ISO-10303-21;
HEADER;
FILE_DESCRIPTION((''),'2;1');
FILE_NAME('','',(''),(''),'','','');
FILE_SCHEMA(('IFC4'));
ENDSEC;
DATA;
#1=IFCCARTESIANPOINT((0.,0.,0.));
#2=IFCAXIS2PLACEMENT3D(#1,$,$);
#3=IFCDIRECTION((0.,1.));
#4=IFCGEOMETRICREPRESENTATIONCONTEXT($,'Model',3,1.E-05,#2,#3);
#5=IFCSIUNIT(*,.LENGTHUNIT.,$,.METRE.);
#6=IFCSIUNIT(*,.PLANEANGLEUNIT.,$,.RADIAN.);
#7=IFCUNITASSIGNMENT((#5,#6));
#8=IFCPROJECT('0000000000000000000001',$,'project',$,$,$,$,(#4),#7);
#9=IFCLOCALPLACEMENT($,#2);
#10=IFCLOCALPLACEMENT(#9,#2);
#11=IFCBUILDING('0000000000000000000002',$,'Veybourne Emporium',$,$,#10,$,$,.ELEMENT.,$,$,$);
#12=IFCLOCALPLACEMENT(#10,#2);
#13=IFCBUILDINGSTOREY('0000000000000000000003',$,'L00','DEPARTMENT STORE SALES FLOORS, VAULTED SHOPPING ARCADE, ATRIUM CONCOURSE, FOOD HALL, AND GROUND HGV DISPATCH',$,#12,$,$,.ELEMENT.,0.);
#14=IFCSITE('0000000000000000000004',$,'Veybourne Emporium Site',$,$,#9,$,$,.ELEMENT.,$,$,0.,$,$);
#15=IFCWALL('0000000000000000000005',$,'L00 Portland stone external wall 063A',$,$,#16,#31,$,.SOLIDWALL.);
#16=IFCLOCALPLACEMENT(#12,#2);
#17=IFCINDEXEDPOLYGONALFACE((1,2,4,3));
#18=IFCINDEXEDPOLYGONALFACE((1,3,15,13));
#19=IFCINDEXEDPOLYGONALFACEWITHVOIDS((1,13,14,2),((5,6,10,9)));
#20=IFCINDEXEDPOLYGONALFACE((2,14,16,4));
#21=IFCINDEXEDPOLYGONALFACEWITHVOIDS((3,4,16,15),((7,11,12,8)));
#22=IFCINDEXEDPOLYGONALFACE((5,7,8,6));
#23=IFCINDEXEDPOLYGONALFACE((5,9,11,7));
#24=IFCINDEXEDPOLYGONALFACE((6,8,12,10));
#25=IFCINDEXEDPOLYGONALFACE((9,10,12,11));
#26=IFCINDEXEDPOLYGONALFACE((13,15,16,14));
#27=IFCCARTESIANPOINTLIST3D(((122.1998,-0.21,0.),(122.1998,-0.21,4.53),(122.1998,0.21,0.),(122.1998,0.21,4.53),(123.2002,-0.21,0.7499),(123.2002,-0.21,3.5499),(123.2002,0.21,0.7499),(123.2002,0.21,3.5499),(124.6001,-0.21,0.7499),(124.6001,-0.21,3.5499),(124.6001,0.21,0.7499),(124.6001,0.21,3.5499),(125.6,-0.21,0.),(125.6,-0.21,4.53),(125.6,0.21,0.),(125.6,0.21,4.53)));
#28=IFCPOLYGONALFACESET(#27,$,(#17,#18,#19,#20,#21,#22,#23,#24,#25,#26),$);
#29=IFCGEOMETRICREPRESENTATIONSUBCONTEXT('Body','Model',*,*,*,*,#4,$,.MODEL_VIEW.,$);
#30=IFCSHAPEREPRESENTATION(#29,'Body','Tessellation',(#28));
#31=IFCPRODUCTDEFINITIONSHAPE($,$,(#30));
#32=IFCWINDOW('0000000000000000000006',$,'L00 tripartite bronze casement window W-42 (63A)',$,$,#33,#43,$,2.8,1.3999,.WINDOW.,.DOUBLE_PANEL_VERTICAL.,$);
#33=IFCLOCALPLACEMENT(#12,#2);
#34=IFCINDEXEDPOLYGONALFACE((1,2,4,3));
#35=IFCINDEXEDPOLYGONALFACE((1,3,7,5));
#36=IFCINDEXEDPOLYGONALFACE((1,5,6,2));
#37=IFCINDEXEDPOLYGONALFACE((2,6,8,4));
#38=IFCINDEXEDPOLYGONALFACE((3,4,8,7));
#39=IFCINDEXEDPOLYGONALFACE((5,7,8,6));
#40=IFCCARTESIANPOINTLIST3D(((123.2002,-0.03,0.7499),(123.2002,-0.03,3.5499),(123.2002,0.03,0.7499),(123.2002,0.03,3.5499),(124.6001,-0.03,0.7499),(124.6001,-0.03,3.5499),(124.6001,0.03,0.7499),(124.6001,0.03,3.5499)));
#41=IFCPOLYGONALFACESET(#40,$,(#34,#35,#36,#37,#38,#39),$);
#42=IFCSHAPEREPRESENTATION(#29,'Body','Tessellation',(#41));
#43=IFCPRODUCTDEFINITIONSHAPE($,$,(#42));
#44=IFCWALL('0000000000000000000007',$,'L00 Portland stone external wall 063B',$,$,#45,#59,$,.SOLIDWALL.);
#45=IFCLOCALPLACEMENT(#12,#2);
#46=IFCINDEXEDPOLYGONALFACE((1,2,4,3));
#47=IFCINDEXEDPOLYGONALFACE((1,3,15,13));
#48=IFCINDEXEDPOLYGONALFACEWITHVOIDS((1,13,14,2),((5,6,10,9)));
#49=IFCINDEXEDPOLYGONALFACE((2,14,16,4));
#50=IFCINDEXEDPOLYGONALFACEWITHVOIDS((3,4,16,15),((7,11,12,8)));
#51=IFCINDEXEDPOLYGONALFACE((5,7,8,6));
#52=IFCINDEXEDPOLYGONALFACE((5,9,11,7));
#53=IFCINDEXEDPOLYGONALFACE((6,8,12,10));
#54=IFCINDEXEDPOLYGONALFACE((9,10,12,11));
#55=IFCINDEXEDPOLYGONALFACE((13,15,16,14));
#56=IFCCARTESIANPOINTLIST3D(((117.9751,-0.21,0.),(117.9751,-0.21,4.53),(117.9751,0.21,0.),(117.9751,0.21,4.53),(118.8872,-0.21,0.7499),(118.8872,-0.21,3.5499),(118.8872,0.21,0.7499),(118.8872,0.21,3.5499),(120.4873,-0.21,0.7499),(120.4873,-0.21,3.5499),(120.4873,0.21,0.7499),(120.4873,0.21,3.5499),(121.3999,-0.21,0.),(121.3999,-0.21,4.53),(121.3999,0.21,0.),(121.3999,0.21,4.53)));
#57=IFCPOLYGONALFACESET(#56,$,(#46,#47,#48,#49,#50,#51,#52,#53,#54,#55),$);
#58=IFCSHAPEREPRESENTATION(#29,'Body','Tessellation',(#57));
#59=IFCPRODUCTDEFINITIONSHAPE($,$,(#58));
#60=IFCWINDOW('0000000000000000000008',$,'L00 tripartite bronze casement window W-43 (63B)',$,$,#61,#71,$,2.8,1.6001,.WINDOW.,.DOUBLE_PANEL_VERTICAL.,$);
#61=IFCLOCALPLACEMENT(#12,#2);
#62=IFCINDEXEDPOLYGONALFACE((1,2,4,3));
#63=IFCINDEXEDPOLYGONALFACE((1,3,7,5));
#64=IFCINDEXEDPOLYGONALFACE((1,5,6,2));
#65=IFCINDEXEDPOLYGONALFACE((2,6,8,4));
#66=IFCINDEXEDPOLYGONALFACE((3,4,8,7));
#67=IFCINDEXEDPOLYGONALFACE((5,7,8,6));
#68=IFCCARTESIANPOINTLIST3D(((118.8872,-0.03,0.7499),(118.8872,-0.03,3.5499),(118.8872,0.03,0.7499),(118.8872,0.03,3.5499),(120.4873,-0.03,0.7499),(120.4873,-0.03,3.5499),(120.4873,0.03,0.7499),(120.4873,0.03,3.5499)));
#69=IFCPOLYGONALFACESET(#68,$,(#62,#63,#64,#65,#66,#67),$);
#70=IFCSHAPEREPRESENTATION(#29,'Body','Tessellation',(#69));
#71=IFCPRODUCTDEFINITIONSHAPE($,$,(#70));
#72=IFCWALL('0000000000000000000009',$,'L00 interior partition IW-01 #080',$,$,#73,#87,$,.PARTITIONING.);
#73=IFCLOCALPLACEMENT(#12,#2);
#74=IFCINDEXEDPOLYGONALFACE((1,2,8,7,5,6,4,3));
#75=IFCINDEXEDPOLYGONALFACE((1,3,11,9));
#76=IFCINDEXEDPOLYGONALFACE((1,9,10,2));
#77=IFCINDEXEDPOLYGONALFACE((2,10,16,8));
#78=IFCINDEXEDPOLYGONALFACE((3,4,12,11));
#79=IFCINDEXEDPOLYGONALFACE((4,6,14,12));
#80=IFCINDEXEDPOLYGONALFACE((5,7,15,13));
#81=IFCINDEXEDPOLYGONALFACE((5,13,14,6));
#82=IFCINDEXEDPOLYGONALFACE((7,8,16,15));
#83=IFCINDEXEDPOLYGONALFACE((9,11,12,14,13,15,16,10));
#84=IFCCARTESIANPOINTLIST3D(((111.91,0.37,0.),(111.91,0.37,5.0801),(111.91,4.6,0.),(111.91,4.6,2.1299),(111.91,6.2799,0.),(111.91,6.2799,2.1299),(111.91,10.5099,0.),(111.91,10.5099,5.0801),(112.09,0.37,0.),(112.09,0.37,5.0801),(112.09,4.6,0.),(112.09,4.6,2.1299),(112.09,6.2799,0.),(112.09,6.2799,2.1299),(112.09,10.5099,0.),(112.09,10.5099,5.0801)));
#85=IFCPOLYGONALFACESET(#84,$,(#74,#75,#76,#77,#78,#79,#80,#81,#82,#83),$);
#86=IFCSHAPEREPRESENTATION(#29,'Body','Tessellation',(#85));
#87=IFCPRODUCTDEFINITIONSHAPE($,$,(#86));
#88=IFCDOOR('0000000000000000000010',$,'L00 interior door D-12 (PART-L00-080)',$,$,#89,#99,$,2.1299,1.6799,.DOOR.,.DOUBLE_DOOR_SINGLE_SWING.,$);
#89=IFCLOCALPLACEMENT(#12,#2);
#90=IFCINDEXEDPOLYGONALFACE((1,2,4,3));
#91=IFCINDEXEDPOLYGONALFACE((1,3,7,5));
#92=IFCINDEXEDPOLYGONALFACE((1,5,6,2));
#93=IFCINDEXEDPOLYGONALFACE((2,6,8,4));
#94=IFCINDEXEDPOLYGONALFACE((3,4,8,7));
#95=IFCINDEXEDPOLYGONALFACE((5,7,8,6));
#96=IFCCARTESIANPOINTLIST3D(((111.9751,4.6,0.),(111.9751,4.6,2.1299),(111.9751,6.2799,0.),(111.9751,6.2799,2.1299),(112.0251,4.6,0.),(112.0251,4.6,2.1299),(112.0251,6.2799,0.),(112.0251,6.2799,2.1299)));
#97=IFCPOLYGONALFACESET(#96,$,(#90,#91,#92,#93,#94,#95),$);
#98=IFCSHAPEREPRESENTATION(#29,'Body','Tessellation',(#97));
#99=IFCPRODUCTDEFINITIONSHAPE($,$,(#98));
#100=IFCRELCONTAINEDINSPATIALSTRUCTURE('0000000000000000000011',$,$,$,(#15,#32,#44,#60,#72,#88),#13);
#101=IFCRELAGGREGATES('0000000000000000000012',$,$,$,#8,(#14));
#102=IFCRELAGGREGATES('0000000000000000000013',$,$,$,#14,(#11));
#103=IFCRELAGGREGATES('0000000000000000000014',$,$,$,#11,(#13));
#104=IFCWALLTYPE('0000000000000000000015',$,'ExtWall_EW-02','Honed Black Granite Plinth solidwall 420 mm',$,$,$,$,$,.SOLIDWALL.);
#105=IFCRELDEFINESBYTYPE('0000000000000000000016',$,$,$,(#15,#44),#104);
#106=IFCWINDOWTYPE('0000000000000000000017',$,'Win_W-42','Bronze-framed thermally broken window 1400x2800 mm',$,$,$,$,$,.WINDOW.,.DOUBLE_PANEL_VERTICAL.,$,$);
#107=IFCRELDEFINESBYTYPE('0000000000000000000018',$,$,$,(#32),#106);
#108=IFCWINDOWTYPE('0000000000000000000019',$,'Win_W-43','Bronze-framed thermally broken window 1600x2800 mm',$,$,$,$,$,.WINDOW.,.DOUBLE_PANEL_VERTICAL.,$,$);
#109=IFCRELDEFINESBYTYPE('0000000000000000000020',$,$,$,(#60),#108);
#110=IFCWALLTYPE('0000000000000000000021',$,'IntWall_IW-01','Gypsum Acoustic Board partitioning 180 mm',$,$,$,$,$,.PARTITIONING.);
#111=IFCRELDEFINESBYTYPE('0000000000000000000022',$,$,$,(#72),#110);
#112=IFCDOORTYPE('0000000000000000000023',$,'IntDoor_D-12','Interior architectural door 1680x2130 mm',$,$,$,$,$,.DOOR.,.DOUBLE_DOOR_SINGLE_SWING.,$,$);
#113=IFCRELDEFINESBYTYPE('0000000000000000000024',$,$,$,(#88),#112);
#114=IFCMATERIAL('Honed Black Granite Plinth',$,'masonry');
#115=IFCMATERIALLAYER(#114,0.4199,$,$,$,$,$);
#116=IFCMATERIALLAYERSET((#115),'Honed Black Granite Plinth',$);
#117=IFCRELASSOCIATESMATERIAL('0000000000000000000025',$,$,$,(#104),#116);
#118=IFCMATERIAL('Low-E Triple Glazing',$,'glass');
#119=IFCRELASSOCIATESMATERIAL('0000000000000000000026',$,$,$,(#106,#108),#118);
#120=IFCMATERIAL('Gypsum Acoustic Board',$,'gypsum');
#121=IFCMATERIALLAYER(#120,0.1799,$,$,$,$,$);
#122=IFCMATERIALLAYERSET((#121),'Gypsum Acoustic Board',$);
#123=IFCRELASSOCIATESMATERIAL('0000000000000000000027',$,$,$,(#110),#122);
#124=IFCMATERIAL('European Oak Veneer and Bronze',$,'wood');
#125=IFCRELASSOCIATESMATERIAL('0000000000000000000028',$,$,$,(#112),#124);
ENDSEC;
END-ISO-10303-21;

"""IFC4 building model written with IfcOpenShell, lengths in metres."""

from ifc_helpers import new_model, si_unit, direction, frame, frame_2d, origin, place, context, subcontext, project, spatial, rectangle, extrude, material, layer, layer_set, type_object, element, fill, save


model = new_model("IFC4")

# Units and contexts
model_context = context("Model", 3, precision=1e-05, world=origin(), true_north=direction((0.0, 1.0)))
body_context = subcontext(model_context, "Body", "Model", "MODEL_VIEW")
ifc_project = project(units=[si_unit("LENGTHUNIT", "METRE"), si_unit("PLANEANGLEUNIT", "RADIAN")], contexts=[model_context])

# Site, building, storey
site_placement = place(None, origin())
site = spatial("IfcSite", under=ifc_project, at=site_placement, Name="Veybourne Emporium Site", CompositionType="ELEMENT", RefElevation=0.0)
building_placement = place(site_placement, origin())
building = spatial("IfcBuilding", under=site, at=building_placement, Name="Veybourne Emporium", CompositionType="ELEMENT")
storey_placement = place(building_placement, origin())
storey = spatial("IfcBuildingStorey", under=building, at=storey_placement, Name="L00", Description="DEPARTMENT STORE SALES FLOORS, VAULTED SHOPPING ARCADE, ATRIUM CONCOURSE, FOOD HALL, AND GROUND HGV DISPATCH", CompositionType="ELEMENT", Elevation=0.0)

# Walls, openings, windows
ifc_material_1 = material(Name="Honed Black Granite Plinth", Category="masonry")
ifc_layer_1 = layer(ifc_material_1, 0.4199)
ifc_layer_set_1 = layer_set([ifc_layer_1], Name="Honed Black Granite Plinth")
wall_type_1 = type_object("IfcWallType", Name="ExtWall_EW-02", Description="Honed Black Granite Plinth solidwall 420 mm", PredefinedType="SOLIDWALL", material=ifc_layer_set_1)
wall_1_placement = place(storey_placement, frame((125.6001, 0.0, 0.0), z_axis=(0.0, 0.0, 1.0), x_axis=(-1.0, 0.0, 0.0)))
wall_1 = element("IfcWall", 1, at=wall_1_placement, inside=storey, type_object=wall_type_1, Name="L00 Portland stone external wall 063A", PredefinedType="SOLIDWALL", context=body_context, shape_type="SweptSolid", body=[
    extrude(rectangle(XDim=3.4001, YDim=0.4199, at=frame_2d((1.7002, 0.0))), origin(), (0.0, 0.0, 1.0), 4.53),
])
opening_1_placement = place(wall_1_placement, frame((1.0, 0.0, 0.75)))
opening_1 = element("IfcOpeningElement", 2, at=opening_1_placement, cuts=wall_1, PredefinedType="OPENING", context=body_context, shape_type="SweptSolid", body=[
    extrude(rectangle(XDim=1.3999, YDim=2.8, at=frame_2d((0.7, 1.3999))), frame((0.0, 0.23, 0.0), z_axis=(0.0, -1.0, 0.0), x_axis=(1.0, 0.0, 0.0)), (0.0, 0.0, 1.0), 0.46),
])
ifc_material_2 = material(Name="Low-E Triple Glazing", Category="glass")
window_type_1 = type_object("IfcWindowType", Name="Win_W-42", Description="Bronze-framed thermally broken window 1400x2800 mm", PartitioningType="DOUBLE_PANEL_VERTICAL", PredefinedType="WINDOW", material=ifc_material_2)
window_1_placement = place(opening_1_placement, origin())
window_1 = element("IfcWindow", 3, at=window_1_placement, inside=storey, type_object=window_type_1, Name="L00 tripartite bronze casement window W-42 (63A)", OverallHeight=2.8, OverallWidth=1.3999, PartitioningType="DOUBLE_PANEL_VERTICAL", PredefinedType="WINDOW", context=body_context, shape_type="SweptSolid", body=[
    extrude(rectangle(XDim=1.3999, YDim=2.8, at=frame_2d((0.7, 1.3999))), frame((0.0, 0.03, 0.0), z_axis=(0.0, -1.0, 0.0), x_axis=(1.0, 0.0, 0.0)), (0.0, 0.0, 1.0), 0.0601),
])
fill(opening_1, window_1)
wall_2_placement = place(storey_placement, frame((121.3999, 0.0, 0.0), z_axis=(0.0, 0.0, 1.0), x_axis=(-1.0, 0.0, 0.0)))
wall_2 = element("IfcWall", 4, at=wall_2_placement, inside=storey, type_object=wall_type_1, Name="L00 Portland stone external wall 063B", PredefinedType="SOLIDWALL", context=body_context, shape_type="SweptSolid", body=[
    extrude(rectangle(XDim=3.4248, YDim=0.4199, at=frame_2d((1.7124, 0.0))), origin(), (0.0, 0.0, 1.0), 4.53),
])
opening_2_placement = place(wall_2_placement, frame((0.9126, 0.0, 0.75)))
opening_2 = element("IfcOpeningElement", 5, at=opening_2_placement, cuts=wall_2, PredefinedType="OPENING", context=body_context, shape_type="SweptSolid", body=[
    extrude(rectangle(XDim=1.6001, YDim=2.8, at=frame_2d((0.8, 1.3999))), frame((0.0, 0.23, 0.0), z_axis=(0.0, -1.0, 0.0), x_axis=(1.0, 0.0, 0.0)), (0.0, 0.0, 1.0), 0.46),
])
window_type_2 = type_object("IfcWindowType", Name="Win_W-43", Description="Bronze-framed thermally broken window 1600x2800 mm", PartitioningType="DOUBLE_PANEL_VERTICAL", PredefinedType="WINDOW", material=ifc_material_2)
window_2_placement = place(opening_2_placement, origin())
window_2 = element("IfcWindow", 6, at=window_2_placement, inside=storey, type_object=window_type_2, Name="L00 tripartite bronze casement window W-43 (63B)", OverallHeight=2.8, OverallWidth=1.6001, PartitioningType="DOUBLE_PANEL_VERTICAL", PredefinedType="WINDOW", context=body_context, shape_type="SweptSolid", body=[
    extrude(rectangle(XDim=1.6001, YDim=2.8, at=frame_2d((0.8, 1.3999))), frame((0.0, 0.03, 0.0), z_axis=(0.0, -1.0, 0.0), x_axis=(1.0, 0.0, 0.0)), (0.0, 0.0, 1.0), 0.0601),
])
fill(opening_2, window_2)

# Wall, opening, door
ifc_material_3 = material(Name="Gypsum Acoustic Board", Category="gypsum")
ifc_layer_2 = layer(ifc_material_3, 0.1799)
ifc_layer_set_2 = layer_set([ifc_layer_2], Name="Gypsum Acoustic Board")
wall_type_2 = type_object("IfcWallType", Name="IntWall_IW-01", Description="Gypsum Acoustic Board partitioning 180 mm", PredefinedType="PARTITIONING", material=ifc_layer_set_2)
wall_3_placement = place(storey_placement, frame((112.0, 0.3701, 0.0), z_axis=(0.0, 0.0, 1.0), x_axis=(0.0, 1.0, 0.0)))
wall_3 = element("IfcWall", 7, at=wall_3_placement, inside=storey, type_object=wall_type_2, Name="L00 interior partition IW-01 #080", PredefinedType="PARTITIONING", context=body_context, shape_type="SweptSolid", body=[
    extrude(rectangle(XDim=10.1399, YDim=0.1799, at=frame_2d((5.0698, 0.0))), origin(), (0.0, 0.0, 1.0), 5.0801),
])
opening_3_placement = place(wall_3_placement, frame((4.23, 0.0, 0.0)))
opening_3 = element("IfcOpeningElement", 8, at=opening_3_placement, cuts=wall_3, PredefinedType="OPENING", context=body_context, shape_type="SweptSolid", body=[
    extrude(rectangle(XDim=1.6799, YDim=2.1299, at=frame_2d((0.8398, 1.0649))), frame((0.0, 0.1099, 0.0), z_axis=(0.0, -1.0, 0.0), x_axis=(1.0, 0.0, 0.0)), (0.0, 0.0, 1.0), 0.22),
])
ifc_material_4 = material(Name="European Oak Veneer and Bronze", Category="wood")
door_type = type_object("IfcDoorType", Name="IntDoor_D-12", Description="Interior architectural door 1680x2130 mm", OperationType="DOUBLE_DOOR_SINGLE_SWING", PredefinedType="DOOR", material=ifc_material_4)
door_placement = place(opening_3_placement, origin())
door = element("IfcDoor", 9, at=door_placement, inside=storey, type_object=door_type, Name="L00 interior door D-12 (PART-L00-080)", OperationType="DOUBLE_DOOR_SINGLE_SWING", OverallHeight=2.1299, OverallWidth=1.6799, PredefinedType="DOOR", context=body_context, shape_type="SweptSolid", body=[
    extrude(rectangle(XDim=1.6799, YDim=2.1299, at=frame_2d((0.8398, 1.0649))), frame((0.0, 0.0249, 0.0), z_axis=(0.0, -1.0, 0.0), x_axis=(1.0, 0.0, 0.0)), (0.0, 0.0, 1.0), 0.05),
])
fill(opening_3, door)

save(model, "model.ifc")
